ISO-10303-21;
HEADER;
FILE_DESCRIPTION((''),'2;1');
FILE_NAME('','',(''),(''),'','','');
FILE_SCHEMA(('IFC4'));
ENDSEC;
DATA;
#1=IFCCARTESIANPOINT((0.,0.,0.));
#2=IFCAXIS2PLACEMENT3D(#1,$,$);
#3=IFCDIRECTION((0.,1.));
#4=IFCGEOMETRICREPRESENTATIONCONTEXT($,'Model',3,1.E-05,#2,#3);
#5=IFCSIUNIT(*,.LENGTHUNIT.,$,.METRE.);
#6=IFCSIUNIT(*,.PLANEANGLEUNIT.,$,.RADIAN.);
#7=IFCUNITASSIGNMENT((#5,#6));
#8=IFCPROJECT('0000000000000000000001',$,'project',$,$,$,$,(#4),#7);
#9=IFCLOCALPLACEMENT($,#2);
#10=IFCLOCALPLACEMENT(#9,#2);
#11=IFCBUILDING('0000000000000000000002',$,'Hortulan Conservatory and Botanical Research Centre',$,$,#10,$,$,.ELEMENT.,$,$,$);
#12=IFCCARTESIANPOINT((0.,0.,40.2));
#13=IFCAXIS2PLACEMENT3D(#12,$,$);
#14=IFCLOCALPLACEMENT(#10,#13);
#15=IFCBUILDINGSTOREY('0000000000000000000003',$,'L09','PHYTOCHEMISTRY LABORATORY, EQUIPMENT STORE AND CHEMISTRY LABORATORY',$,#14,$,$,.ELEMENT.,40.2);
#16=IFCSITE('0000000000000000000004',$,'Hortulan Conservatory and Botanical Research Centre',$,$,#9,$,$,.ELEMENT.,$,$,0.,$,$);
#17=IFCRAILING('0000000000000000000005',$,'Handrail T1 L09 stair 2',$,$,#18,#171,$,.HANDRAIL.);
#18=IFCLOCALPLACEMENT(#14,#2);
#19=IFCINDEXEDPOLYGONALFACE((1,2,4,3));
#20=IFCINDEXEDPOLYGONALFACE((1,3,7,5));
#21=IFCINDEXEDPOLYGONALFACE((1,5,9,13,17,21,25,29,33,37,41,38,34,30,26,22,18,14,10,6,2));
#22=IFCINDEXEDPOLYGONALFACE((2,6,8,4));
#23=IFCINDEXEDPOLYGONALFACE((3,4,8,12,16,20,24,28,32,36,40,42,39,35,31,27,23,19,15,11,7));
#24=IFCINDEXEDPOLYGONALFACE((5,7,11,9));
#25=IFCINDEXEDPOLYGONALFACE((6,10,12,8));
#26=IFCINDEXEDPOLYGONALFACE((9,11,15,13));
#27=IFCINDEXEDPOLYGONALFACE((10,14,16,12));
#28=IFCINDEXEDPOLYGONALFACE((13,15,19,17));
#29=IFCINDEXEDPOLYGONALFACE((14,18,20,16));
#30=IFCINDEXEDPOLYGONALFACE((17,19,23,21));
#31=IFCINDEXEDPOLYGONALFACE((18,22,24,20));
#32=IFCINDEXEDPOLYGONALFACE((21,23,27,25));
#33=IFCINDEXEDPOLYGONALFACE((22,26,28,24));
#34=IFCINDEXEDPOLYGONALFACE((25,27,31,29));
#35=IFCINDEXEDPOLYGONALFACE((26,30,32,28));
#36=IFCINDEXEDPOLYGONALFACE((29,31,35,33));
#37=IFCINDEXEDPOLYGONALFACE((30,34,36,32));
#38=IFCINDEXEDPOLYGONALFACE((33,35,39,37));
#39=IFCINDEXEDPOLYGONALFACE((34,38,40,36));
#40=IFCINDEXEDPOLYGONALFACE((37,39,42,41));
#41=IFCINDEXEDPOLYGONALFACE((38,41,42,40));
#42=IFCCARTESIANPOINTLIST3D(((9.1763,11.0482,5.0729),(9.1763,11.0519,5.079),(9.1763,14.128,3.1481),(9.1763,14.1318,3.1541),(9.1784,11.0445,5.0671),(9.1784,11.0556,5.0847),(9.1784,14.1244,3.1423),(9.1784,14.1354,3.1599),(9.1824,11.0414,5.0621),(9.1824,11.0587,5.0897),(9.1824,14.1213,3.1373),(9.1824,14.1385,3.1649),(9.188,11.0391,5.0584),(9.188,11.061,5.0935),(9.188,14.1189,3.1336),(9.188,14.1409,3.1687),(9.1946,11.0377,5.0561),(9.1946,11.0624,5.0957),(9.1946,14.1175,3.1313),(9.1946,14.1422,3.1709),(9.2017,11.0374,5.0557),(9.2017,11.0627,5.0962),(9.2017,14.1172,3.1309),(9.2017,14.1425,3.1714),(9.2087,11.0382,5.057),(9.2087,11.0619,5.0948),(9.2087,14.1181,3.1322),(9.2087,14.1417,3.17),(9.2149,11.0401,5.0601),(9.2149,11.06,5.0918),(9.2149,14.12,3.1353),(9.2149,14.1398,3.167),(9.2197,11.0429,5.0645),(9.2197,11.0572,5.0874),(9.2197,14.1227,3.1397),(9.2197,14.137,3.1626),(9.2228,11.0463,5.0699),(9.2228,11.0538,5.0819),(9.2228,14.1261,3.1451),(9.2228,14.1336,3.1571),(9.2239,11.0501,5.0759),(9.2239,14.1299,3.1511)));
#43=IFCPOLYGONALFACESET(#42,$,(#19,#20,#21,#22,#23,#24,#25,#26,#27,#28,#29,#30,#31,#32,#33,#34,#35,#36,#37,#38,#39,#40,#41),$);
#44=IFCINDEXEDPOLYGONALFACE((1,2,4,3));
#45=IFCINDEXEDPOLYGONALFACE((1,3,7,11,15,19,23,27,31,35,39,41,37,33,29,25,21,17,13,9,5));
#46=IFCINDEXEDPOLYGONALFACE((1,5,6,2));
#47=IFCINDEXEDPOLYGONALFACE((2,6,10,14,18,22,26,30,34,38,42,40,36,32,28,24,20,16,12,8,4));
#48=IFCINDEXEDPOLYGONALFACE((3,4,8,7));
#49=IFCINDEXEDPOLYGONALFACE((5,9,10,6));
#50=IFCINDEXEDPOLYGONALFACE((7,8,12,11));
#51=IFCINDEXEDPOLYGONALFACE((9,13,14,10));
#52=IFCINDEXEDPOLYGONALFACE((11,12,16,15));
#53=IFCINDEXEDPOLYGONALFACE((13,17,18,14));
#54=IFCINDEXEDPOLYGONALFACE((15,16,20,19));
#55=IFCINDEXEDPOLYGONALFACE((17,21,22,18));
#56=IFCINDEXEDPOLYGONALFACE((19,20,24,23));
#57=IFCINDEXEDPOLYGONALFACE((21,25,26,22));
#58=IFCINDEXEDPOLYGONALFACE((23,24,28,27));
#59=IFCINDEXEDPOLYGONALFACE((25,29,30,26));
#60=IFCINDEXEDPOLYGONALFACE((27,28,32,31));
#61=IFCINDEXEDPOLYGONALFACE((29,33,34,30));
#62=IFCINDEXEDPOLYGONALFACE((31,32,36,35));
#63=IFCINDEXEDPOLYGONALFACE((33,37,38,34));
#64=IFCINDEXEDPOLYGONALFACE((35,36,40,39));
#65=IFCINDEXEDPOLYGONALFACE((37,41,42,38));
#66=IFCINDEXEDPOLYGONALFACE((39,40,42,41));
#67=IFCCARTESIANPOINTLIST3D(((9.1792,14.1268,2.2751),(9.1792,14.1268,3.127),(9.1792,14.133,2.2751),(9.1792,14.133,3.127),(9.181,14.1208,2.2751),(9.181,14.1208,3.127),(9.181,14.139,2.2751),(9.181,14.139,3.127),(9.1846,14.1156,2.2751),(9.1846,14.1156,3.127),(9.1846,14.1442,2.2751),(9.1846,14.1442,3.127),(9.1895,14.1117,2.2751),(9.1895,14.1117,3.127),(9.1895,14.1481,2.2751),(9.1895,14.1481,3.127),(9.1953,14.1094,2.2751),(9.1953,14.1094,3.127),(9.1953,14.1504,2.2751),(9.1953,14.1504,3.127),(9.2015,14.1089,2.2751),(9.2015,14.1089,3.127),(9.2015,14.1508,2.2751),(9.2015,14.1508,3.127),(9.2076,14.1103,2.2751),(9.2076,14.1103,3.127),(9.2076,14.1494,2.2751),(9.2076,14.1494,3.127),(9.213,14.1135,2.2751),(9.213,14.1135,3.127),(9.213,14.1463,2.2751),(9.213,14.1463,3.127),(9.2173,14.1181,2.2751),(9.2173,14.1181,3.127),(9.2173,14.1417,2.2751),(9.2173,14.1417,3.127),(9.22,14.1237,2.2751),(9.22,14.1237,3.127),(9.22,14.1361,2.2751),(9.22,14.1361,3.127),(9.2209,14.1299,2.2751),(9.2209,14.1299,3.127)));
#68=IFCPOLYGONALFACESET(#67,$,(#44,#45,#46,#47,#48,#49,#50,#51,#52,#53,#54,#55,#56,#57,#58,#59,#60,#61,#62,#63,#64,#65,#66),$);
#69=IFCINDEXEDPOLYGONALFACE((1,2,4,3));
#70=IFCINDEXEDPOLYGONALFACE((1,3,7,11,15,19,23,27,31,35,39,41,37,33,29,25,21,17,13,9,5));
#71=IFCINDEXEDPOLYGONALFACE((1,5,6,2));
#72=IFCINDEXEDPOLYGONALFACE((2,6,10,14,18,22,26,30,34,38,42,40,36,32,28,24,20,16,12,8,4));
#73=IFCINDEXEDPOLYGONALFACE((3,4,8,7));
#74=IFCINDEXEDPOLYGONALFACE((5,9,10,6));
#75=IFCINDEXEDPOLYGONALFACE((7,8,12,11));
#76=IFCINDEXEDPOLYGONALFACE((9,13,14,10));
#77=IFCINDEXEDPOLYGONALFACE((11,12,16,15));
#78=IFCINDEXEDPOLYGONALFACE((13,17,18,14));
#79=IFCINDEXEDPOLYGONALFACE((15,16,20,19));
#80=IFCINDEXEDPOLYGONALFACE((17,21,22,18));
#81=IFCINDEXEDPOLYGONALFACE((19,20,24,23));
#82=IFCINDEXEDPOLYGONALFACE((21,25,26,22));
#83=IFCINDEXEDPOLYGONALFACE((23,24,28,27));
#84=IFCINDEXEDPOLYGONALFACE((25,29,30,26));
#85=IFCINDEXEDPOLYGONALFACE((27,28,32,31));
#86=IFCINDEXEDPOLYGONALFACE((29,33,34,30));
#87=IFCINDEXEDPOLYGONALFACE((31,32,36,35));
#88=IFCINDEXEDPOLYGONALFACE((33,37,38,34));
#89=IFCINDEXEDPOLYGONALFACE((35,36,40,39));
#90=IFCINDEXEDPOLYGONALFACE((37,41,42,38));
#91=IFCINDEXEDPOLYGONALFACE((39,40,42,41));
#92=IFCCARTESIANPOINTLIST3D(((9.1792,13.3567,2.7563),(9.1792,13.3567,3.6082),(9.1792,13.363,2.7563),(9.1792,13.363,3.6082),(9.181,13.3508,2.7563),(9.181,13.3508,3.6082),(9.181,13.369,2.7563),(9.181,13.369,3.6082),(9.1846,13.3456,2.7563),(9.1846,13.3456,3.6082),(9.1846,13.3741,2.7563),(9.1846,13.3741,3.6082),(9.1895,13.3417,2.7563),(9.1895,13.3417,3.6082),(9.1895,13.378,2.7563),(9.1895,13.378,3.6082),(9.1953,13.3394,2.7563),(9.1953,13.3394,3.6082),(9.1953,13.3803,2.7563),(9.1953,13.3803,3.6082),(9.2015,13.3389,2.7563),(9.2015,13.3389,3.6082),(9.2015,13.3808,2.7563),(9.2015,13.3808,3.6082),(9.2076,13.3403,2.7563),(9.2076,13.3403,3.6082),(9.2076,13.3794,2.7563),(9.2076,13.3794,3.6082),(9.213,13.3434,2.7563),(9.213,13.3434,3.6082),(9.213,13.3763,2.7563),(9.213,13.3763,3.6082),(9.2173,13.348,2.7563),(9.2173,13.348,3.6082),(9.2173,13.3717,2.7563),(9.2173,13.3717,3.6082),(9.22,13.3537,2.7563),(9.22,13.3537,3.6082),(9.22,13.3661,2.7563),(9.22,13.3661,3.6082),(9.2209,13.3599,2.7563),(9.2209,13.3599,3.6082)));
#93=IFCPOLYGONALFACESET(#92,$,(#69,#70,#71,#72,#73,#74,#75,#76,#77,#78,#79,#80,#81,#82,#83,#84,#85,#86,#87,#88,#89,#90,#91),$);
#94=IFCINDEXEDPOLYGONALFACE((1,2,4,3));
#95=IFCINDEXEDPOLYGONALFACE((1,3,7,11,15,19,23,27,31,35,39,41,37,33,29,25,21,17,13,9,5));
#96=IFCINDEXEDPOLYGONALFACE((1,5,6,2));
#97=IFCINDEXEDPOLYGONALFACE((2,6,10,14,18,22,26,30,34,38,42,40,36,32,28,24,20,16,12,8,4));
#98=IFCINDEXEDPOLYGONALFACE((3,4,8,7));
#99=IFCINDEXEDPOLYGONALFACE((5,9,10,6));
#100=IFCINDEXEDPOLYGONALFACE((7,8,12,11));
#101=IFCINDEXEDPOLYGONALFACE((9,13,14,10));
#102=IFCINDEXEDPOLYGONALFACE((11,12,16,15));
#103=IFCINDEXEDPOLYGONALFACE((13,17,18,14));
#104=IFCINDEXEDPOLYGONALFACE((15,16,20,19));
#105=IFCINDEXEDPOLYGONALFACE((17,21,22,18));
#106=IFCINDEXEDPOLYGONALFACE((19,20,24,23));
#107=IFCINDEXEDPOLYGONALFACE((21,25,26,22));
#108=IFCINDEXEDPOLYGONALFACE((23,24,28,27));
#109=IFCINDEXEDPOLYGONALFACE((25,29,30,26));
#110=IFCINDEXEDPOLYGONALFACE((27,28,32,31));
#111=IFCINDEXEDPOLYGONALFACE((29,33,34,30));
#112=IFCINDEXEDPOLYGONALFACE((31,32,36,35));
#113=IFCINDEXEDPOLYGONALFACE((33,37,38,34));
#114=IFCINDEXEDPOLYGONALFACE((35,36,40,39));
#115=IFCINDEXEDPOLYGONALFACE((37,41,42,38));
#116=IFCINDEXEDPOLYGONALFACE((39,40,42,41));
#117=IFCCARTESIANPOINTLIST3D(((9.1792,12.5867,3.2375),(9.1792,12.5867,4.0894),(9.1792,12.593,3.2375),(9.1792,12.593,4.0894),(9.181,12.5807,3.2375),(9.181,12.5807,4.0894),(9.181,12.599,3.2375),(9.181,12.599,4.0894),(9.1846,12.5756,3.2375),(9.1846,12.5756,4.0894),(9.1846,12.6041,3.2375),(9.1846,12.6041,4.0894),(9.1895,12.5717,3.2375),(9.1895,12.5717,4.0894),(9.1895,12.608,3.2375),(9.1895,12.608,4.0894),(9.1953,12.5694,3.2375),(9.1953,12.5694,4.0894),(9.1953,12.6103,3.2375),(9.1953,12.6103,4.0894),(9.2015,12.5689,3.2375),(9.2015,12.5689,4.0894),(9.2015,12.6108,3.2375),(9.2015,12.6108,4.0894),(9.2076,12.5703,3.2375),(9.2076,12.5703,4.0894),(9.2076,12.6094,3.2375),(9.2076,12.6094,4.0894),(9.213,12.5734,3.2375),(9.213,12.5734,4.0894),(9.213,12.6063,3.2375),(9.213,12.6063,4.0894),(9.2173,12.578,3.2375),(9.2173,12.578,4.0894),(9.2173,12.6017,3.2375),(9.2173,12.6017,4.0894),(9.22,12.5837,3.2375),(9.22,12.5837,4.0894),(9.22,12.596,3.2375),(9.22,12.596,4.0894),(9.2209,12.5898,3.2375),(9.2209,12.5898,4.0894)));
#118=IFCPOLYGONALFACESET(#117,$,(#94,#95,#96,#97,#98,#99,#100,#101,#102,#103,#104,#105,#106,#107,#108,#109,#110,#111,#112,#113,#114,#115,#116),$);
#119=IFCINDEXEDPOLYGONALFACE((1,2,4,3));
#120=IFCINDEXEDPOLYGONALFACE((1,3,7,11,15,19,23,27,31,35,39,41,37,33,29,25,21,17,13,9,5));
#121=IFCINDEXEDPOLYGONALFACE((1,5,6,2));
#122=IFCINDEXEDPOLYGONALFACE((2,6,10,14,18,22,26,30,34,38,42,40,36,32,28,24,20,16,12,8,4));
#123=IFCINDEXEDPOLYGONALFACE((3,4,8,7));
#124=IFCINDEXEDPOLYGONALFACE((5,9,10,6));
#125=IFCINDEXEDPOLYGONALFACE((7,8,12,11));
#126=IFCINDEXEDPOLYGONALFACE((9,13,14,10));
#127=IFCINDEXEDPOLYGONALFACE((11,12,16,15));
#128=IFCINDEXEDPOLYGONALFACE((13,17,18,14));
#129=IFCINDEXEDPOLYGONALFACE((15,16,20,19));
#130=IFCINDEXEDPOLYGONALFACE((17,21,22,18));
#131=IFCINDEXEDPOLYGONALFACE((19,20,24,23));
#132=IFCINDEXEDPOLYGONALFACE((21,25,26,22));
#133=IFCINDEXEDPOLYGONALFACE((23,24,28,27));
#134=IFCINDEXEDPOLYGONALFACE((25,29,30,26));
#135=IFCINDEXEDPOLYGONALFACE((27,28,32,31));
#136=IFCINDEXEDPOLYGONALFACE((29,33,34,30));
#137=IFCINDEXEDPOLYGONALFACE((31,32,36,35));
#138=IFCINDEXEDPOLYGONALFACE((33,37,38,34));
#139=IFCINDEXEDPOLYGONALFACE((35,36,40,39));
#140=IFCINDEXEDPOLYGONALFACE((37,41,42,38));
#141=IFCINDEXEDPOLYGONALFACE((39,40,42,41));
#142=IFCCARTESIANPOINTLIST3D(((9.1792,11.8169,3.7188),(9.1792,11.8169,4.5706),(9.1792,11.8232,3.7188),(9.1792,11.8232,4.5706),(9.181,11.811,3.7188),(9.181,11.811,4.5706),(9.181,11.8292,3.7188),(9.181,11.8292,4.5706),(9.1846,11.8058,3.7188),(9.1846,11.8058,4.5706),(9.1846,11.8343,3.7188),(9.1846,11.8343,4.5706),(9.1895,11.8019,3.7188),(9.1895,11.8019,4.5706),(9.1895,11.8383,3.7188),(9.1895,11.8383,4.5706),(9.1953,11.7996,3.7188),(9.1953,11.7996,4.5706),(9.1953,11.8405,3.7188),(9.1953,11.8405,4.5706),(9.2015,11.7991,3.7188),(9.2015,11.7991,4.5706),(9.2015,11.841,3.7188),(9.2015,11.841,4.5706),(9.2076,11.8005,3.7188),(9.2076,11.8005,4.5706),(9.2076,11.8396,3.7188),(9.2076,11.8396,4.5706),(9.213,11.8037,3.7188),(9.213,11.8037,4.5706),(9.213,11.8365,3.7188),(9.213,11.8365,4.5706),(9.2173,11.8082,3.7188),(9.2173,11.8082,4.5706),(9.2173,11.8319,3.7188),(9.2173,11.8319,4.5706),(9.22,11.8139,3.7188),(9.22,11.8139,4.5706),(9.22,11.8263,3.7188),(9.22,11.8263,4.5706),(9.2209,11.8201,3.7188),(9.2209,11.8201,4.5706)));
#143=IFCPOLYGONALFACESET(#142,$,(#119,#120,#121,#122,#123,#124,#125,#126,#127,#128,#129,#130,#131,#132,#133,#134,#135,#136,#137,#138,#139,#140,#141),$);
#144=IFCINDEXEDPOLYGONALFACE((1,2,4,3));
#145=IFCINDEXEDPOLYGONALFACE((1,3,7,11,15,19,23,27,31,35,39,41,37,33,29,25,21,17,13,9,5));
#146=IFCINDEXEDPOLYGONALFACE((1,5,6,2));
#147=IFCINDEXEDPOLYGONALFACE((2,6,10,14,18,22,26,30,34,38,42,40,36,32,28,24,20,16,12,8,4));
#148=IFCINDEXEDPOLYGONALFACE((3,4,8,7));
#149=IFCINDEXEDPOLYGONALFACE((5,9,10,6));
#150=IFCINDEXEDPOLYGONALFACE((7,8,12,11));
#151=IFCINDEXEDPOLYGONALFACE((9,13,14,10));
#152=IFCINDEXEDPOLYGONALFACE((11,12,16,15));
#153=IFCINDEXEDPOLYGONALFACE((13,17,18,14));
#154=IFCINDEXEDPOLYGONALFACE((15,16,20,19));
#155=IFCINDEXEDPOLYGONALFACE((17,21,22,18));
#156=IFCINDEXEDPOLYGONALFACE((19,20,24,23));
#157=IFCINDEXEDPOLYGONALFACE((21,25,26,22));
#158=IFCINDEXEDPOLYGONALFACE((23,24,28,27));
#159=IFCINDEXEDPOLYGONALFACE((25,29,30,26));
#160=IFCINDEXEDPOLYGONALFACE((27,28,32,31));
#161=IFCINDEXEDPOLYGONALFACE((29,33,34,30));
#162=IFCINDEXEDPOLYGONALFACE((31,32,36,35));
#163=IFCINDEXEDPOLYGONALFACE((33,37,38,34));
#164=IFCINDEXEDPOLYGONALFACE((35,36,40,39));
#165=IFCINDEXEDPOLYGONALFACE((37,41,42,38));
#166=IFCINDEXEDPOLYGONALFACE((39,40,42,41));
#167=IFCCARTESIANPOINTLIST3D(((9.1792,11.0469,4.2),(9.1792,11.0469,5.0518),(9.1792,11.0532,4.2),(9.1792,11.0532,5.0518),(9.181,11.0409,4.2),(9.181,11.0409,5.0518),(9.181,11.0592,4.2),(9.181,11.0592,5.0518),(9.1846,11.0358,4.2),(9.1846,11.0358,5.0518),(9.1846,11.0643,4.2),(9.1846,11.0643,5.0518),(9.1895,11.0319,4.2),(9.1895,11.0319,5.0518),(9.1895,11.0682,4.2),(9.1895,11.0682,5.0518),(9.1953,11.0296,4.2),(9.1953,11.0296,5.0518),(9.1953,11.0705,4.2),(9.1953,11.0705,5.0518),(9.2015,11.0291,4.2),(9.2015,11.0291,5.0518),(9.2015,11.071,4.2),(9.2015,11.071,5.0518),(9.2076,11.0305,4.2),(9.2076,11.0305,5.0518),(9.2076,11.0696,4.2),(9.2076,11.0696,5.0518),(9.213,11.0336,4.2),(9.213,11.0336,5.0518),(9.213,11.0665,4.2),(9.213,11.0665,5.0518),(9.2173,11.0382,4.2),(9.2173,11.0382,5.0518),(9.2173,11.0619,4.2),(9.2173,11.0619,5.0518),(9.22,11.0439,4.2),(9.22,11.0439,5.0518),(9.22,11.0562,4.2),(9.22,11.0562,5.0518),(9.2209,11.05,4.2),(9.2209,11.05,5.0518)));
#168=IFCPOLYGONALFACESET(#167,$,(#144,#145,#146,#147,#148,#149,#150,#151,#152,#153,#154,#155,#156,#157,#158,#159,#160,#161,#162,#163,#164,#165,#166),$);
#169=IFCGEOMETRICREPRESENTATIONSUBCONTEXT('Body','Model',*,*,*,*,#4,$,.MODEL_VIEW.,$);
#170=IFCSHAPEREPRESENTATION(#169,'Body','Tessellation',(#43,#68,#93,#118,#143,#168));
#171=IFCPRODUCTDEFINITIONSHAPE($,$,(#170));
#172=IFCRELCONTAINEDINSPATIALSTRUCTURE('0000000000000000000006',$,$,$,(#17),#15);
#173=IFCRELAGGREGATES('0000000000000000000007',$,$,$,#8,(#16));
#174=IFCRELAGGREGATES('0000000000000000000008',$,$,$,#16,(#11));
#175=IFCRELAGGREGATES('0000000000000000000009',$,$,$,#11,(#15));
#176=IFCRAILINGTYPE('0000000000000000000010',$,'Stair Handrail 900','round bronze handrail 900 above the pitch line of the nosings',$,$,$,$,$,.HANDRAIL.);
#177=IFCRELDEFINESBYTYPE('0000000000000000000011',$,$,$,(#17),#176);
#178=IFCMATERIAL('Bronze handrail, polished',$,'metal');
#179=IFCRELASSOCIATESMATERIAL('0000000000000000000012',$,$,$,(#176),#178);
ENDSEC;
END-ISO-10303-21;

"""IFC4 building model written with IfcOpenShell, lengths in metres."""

from ifc_helpers import new_model, si_unit, direction, frame, origin, origin_2d, place, context, subcontext, project, spatial, circle, extrude, material, type_object, element, save


model = new_model("IFC4")

# Units and contexts
model_context = context("Model", 3, precision=1e-05, world=origin(), true_north=direction((0.0, 1.0)))
body_context = subcontext(model_context, "Body", "Model", "MODEL_VIEW")
ifc_project = project(units=[si_unit("LENGTHUNIT", "METRE"), si_unit("PLANEANGLEUNIT", "RADIAN")], contexts=[model_context])

# Site, building, storey
site_placement = place(None, origin())
site = spatial("IfcSite", under=ifc_project, at=site_placement, Name="Hortulan Conservatory and Botanical Research Centre", CompositionType="ELEMENT", RefElevation=0.0)
building_placement = place(site_placement, origin())
building = spatial("IfcBuilding", under=site, at=building_placement, Name="Hortulan Conservatory and Botanical Research Centre", CompositionType="ELEMENT")
storey_placement = place(building_placement, frame((0.0, 0.0, 40.2)))
storey = spatial("IfcBuildingStorey", under=building, at=storey_placement, Name="L09", Description="PHYTOCHEMISTRY LABORATORY, EQUIPMENT STORE AND CHEMISTRY LABORATORY", CompositionType="ELEMENT", Elevation=40.2)

# Railing
ifc_material_1 = material(Name="Bronze handrail, polished", Category="metal")
railing_type_1 = type_object("IfcRailingType", Name="Stair Handrail 900", Description="round bronze handrail 900 above the pitch line of the nosings", PredefinedType="HANDRAIL", material=ifc_material_1)
railing_1_placement = place(storey_placement, frame((9.2, 14.1299, 2.2751)))
element("IfcRailing", 1, at=railing_1_placement, inside=storey, type_object=railing_type_1, Name="Handrail T1 L09 stair 2", PredefinedType="HANDRAIL", context=body_context, shape_type="SweptSolid", body=[
    extrude(circle(Radius=0.0239, at=origin_2d()), frame((0.0, 0.0, 0.876), z_axis=(0.0, -0.84801, 0.529981), x_axis=(1.0, 0.0, 0.0)), (0.0, 0.0, 1.0), 3.6318),
    extrude(circle(Radius=0.021, at=origin_2d()), origin(), (0.0, 0.0, 1.0), 0.8518),
    extrude(circle(Radius=0.021, at=origin_2d()), frame((0.0, -0.77, 0.4812)), (0.0, 0.0, 1.0), 0.8518),
    extrude(circle(Radius=0.021, at=origin_2d()), frame((0.0, -1.54, 0.9624)), (0.0, 0.0, 1.0), 0.8518),
    extrude(circle(Radius=0.021, at=origin_2d()), frame((0.0, -2.3098, 1.4436)), (0.0, 0.0, 1.0), 0.8518),
    extrude(circle(Radius=0.021, at=origin_2d()), frame((0.0, -3.0798, 1.9248)), (0.0, 0.0, 1.0), 0.8518),
])

save(model, "model.ifc")
